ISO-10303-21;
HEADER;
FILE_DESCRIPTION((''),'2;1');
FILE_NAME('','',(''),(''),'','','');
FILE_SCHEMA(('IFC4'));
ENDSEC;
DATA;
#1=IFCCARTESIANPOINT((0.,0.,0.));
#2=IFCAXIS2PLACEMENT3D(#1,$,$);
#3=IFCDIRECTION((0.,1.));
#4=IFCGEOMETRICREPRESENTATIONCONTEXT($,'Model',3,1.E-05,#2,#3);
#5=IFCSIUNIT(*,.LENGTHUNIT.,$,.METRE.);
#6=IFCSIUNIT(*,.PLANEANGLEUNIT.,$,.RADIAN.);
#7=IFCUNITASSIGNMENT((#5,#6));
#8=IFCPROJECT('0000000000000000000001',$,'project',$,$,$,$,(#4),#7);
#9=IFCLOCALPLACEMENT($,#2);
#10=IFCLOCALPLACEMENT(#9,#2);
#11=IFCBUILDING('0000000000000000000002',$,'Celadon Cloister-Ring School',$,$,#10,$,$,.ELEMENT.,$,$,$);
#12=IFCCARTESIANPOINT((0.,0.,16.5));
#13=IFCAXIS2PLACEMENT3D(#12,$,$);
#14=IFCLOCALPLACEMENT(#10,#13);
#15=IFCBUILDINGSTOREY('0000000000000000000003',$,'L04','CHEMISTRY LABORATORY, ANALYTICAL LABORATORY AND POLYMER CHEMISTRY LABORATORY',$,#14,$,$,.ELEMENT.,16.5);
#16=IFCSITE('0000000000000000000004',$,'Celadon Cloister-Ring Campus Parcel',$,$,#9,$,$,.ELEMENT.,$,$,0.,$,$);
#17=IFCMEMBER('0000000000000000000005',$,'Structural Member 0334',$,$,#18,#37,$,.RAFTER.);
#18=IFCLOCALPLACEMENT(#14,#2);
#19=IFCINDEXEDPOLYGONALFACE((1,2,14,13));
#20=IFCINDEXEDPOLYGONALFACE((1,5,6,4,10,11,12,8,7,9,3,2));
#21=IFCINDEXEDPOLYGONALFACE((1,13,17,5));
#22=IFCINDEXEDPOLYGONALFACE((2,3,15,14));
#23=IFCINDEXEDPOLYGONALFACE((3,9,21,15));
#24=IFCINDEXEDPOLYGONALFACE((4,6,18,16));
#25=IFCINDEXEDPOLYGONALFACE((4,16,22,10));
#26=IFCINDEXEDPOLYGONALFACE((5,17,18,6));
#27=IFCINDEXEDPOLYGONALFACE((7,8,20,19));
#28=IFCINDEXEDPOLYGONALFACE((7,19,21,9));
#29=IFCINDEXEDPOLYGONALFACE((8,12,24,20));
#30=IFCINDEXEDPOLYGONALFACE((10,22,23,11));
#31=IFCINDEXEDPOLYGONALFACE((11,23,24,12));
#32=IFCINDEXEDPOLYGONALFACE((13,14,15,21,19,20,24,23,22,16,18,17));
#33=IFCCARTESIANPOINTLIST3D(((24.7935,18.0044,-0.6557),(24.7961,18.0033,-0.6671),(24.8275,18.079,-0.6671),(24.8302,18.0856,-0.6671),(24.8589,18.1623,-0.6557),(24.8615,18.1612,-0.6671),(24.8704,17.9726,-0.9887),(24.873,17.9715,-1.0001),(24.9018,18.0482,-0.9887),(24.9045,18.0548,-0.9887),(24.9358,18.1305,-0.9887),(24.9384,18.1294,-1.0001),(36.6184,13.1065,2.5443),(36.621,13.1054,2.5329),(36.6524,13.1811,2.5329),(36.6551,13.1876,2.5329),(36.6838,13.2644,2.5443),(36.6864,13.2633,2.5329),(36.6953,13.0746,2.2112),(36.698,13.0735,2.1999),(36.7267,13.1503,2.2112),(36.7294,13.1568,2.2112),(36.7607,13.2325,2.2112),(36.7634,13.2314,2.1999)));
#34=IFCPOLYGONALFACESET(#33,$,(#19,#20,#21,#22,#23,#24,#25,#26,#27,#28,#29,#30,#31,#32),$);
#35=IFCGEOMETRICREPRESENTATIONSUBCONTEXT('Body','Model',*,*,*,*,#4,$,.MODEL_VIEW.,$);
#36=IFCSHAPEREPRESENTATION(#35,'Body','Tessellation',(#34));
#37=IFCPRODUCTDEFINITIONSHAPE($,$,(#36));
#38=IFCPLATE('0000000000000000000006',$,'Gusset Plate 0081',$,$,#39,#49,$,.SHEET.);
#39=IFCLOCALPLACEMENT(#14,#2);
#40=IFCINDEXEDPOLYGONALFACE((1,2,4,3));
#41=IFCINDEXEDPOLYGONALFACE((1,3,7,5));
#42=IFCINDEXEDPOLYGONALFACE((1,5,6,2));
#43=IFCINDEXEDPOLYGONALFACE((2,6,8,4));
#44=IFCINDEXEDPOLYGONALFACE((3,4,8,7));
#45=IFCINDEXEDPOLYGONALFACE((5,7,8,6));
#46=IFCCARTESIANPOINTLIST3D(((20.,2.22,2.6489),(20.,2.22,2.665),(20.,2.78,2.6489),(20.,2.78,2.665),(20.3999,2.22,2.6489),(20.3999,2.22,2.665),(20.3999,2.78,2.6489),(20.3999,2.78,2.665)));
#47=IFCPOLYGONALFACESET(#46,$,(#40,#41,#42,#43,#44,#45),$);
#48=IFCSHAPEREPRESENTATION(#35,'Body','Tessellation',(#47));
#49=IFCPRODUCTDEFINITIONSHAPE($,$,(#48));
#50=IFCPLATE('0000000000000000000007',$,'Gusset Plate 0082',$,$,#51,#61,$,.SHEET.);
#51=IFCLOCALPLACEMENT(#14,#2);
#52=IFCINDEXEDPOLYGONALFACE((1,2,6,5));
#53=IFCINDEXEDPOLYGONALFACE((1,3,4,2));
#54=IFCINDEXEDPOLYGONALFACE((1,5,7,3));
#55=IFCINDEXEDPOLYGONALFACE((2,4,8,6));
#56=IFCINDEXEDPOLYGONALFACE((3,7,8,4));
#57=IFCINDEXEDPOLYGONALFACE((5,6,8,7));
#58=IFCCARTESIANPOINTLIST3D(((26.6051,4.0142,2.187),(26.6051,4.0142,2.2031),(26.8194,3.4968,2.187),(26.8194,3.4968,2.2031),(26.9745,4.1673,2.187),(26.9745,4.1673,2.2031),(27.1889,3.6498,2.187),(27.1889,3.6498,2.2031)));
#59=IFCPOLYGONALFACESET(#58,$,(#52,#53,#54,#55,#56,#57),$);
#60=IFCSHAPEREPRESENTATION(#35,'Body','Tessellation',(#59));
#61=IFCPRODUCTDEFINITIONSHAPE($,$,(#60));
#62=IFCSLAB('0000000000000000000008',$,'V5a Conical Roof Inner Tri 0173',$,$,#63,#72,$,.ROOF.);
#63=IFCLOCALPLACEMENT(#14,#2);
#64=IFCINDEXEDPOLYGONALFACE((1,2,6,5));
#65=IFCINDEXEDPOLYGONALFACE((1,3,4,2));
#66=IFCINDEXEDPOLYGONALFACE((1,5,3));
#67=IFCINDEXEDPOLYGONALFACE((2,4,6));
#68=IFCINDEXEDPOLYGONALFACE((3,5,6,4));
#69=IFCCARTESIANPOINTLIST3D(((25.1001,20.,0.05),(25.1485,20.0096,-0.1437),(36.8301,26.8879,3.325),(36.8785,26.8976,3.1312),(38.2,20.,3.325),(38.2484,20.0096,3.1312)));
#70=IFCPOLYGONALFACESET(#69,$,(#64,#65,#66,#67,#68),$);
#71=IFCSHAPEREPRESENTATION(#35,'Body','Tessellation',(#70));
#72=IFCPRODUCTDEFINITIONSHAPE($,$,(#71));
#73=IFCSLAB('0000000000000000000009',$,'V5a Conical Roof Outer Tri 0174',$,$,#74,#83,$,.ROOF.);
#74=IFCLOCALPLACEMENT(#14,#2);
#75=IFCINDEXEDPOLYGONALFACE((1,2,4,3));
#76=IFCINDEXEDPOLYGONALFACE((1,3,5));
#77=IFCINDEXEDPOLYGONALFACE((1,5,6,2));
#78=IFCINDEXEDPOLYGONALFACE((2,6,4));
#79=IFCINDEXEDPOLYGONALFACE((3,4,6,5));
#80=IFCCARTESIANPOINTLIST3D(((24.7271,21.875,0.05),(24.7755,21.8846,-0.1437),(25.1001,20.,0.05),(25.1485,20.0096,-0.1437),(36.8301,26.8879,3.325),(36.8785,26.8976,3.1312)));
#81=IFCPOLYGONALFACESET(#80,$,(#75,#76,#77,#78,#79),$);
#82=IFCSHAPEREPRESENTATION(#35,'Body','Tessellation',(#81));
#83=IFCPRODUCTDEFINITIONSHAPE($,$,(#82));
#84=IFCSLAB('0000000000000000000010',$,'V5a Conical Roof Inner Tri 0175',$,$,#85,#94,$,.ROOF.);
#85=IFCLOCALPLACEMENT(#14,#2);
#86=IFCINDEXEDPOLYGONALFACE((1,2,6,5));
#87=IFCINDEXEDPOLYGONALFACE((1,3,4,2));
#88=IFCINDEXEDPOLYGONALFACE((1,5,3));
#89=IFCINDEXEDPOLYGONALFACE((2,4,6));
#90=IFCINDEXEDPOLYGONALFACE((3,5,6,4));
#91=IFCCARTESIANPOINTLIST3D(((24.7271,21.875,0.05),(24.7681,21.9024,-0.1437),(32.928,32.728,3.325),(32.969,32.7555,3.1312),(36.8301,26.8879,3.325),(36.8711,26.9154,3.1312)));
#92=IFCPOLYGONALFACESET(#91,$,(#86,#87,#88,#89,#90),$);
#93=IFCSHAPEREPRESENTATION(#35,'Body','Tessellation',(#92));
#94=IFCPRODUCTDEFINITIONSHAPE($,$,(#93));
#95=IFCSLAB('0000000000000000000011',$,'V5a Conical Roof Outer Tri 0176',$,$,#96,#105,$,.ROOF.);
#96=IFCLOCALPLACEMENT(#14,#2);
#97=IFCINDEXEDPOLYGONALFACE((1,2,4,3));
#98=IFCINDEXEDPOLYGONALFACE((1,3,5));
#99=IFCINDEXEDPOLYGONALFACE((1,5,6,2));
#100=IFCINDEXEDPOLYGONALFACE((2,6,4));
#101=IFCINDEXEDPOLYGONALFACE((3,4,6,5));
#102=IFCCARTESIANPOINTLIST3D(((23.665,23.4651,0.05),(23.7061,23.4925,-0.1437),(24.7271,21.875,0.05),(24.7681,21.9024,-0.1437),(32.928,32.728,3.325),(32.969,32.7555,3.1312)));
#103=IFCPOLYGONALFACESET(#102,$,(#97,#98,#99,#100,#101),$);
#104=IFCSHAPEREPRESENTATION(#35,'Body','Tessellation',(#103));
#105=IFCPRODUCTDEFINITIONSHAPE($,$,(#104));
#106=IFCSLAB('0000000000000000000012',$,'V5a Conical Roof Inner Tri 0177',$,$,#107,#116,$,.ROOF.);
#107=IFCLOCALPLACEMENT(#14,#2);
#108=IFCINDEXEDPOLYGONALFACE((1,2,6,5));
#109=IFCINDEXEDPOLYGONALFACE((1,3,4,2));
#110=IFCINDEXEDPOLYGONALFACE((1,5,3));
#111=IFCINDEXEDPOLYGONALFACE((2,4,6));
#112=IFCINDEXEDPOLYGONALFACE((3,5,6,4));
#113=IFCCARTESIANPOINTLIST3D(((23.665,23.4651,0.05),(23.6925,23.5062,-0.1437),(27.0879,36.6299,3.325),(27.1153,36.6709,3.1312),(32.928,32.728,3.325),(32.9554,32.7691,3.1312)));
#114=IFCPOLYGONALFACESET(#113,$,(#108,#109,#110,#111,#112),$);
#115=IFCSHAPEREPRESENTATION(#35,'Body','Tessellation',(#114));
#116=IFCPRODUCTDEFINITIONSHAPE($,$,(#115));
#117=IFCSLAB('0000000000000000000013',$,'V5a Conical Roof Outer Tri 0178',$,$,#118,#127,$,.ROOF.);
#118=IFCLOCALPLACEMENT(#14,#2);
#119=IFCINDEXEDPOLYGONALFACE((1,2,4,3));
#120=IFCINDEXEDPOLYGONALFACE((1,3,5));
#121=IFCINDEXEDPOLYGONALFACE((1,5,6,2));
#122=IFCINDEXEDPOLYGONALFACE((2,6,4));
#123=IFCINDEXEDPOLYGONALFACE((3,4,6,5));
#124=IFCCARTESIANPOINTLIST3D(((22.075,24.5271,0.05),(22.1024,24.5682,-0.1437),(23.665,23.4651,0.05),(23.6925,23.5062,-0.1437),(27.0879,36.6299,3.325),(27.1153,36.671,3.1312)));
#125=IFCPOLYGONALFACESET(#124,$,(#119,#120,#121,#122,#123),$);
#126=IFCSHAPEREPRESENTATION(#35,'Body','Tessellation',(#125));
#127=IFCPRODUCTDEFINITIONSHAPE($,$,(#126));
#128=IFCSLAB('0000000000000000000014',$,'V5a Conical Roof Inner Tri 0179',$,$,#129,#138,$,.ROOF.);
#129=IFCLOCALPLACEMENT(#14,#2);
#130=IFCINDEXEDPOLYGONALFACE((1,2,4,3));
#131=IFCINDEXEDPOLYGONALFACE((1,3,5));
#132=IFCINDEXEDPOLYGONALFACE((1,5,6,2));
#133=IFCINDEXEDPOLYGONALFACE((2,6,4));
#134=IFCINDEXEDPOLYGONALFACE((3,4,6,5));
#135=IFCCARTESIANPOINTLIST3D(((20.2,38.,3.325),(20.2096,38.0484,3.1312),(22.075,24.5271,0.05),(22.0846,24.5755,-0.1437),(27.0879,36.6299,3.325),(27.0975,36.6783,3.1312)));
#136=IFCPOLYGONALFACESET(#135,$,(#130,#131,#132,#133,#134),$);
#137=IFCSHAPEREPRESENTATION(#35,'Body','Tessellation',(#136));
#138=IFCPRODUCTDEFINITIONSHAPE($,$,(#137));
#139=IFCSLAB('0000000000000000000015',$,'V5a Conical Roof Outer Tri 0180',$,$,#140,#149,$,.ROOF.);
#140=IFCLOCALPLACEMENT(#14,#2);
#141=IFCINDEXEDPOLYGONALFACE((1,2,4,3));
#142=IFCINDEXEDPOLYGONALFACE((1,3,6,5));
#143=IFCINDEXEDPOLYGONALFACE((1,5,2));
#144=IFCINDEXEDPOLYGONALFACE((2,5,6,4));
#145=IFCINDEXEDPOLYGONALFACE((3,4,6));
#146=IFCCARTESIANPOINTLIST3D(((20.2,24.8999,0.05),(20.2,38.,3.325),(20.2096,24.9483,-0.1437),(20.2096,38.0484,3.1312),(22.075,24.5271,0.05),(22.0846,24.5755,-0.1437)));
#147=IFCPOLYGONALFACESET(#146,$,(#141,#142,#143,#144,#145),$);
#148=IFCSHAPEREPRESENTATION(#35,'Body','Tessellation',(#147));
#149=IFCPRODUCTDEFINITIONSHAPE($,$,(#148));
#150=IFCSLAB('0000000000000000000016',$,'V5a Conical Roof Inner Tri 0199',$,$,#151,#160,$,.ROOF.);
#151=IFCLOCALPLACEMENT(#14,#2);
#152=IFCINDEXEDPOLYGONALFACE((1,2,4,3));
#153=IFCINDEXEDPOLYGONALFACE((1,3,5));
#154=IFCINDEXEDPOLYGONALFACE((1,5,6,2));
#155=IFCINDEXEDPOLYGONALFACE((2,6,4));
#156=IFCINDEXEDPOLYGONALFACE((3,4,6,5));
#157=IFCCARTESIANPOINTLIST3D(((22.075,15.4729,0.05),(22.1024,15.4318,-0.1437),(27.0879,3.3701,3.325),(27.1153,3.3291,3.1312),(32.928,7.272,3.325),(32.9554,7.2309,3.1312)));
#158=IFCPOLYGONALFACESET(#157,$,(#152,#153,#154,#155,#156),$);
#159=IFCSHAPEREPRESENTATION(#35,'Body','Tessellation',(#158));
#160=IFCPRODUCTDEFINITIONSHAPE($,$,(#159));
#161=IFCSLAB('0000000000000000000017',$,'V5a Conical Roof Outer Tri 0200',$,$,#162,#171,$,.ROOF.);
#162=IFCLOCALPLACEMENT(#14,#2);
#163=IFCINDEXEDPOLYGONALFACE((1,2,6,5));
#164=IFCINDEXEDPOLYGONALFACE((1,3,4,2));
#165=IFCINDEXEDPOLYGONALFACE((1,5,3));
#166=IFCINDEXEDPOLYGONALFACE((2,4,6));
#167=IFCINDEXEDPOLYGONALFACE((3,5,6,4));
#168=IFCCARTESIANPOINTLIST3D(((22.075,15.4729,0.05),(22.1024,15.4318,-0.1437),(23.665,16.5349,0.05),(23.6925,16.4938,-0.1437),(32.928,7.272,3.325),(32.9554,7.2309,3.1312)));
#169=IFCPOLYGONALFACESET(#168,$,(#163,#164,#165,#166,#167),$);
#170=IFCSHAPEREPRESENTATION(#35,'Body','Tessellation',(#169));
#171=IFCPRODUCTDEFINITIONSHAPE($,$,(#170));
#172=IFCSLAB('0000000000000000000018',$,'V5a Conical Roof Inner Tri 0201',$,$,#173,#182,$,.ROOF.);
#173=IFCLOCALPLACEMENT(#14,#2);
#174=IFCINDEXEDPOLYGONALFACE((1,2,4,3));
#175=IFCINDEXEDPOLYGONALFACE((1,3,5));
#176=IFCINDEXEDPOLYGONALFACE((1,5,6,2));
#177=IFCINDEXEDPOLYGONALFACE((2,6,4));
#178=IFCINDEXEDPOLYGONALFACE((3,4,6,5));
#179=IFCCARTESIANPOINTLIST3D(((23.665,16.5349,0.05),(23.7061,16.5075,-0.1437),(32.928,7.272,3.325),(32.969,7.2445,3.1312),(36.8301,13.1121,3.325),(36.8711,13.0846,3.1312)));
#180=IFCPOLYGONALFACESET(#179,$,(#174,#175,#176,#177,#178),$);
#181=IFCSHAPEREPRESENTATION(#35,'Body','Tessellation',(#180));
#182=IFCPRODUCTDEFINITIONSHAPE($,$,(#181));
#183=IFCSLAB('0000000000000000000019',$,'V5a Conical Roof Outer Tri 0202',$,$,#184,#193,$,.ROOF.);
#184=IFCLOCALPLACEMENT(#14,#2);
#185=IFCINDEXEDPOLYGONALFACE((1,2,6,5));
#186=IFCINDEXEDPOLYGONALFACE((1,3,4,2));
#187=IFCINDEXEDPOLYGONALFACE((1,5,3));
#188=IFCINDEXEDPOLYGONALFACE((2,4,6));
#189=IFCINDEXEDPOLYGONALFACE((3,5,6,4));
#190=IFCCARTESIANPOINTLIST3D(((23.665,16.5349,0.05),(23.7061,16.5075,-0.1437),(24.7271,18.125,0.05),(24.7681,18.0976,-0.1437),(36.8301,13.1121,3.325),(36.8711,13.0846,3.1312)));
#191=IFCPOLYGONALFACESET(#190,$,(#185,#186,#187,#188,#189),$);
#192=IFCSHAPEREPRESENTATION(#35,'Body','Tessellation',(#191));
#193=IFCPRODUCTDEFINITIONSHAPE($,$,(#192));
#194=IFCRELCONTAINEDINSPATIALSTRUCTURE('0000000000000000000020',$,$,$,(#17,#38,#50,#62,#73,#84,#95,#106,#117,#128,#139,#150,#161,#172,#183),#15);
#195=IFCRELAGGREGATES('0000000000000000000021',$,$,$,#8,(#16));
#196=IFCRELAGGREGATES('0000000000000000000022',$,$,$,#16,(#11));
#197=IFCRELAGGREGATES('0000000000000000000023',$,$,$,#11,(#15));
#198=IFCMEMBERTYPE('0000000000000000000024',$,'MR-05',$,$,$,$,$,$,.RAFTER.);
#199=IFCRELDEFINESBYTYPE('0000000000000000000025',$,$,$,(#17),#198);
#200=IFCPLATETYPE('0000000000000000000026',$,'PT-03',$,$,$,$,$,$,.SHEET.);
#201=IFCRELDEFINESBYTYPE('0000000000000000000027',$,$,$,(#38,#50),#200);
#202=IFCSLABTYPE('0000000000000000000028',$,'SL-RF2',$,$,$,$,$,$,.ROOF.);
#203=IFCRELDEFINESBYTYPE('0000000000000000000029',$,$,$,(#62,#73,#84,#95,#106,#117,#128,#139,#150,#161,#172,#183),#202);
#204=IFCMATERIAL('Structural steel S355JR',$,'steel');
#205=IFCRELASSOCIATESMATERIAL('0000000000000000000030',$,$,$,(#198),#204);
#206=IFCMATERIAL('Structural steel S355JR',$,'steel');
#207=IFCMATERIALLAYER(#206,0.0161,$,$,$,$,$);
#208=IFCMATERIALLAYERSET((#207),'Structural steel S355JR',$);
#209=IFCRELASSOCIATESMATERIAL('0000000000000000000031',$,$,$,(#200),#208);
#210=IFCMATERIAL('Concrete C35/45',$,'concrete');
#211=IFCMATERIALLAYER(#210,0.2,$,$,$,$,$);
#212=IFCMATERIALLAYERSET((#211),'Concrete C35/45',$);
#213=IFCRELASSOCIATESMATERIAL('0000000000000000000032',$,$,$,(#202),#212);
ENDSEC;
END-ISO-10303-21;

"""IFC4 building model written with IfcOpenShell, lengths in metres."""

from ifc_helpers import new_model, si_unit, direction, frame, origin, origin_2d, place, context, subcontext, project, spatial, polyline, rectangle, i_section, outline, extrude, material, layer, layer_set, material_profile, profile_set, type_object, element, save


model = new_model("IFC4")

# Units and contexts
model_context = context("Model", 3, precision=1e-05, world=origin(), true_north=direction((0.0, 1.0)))
body_context = subcontext(model_context, "Body", "Model", "MODEL_VIEW")
ifc_project = project(units=[si_unit("LENGTHUNIT", "METRE"), si_unit("PLANEANGLEUNIT", "RADIAN")], contexts=[model_context])

# Site, building, storey
site_placement = place(None, origin())
site = spatial("IfcSite", under=ifc_project, at=site_placement, Name="Celadon Cloister-Ring Campus Parcel", CompositionType="ELEMENT", RefElevation=0.0)
building_placement = place(site_placement, origin())
building = spatial("IfcBuilding", under=site, at=building_placement, Name="Celadon Cloister-Ring School", CompositionType="ELEMENT")
storey_placement = place(building_placement, frame((0.0, 0.0, 16.5)))
storey = spatial("IfcBuildingStorey", under=building, at=storey_placement, Name="L04", Description="CHEMISTRY LABORATORY, ANALYTICAL LABORATORY AND POLYMER CHEMISTRY LABORATORY", CompositionType="ELEMENT", Elevation=16.5)

# Member
ifc_material_1 = material(Name="Structural steel S355JR", Category="steel")
ifc_material_profile_1 = material_profile(ifc_material_1, i_section(OverallWidth=0.1709, OverallDepth=0.355, WebThickness=0.0071, FlangeThickness=0.0117, at=origin_2d()), Name="W360X51")
ifc_profile_set_1 = profile_set([ifc_material_profile_1], Name="Structural steel S355JR")
member_type_1 = type_object("IfcMemberType", Name="MR-05", PredefinedType="RAFTER", material=ifc_profile_set_1)
for number, where, z_axis, x_axis, name in (
    (1, (24.866, 18.0669, -0.8279), (0.896295, -0.37125, 0.242547), (0.382676, 0.923882, 0.0), "Structural Member 0334"),
):
    element("IfcMember", number, at=place(storey_placement, frame(where, z_axis=z_axis, x_axis=x_axis)), inside=storey, type_object=member_type_1, Name=name, PredefinedType="RAFTER", context=body_context, shape_type="SweptSolid", body=[
        extrude(i_section(OverallWidth=0.1709, OverallDepth=0.355, WebThickness=0.0071, FlangeThickness=0.0117, at=origin_2d()), origin(), (0.0, 0.0, 1.0), 13.1931),
    ])

# Plates
ifc_material_2 = material(Name="Structural steel S355JR", Category="steel")
ifc_layer_1 = layer(ifc_material_2, 0.0161)
ifc_layer_set_1 = layer_set([ifc_layer_1], Name="Structural steel S355JR")
plate_type = type_object("IfcPlateType", Name="PT-03", PredefinedType="SHEET", material=ifc_layer_set_1)
for number, where, z_axis, x_axis, name in (
    (2, (20.2, 2.5, 2.6489), (0.0, 0.0, 1.0), (0.0, -1.0, 0.0), "Gusset Plate 0081"),
    (3, (26.897, 3.832, 2.187), (0.0, 0.0, 1.0), (0.382683, -0.92388, 0.0), "Gusset Plate 0082"),
):
    element("IfcPlate", number, at=place(storey_placement, frame(where, z_axis=z_axis, x_axis=x_axis)), inside=storey, type_object=plate_type, Name=name, PredefinedType="SHEET", context=body_context, shape_type="SweptSolid", body=[
        extrude(rectangle(XDim=0.5601, YDim=0.3999, at=origin_2d()), origin(), (0.0, 0.0, 1.0), 0.0161),
    ])

# Slabs
ifc_material_3 = material(Name="Concrete C35/45", Category="concrete")
ifc_layer_2 = layer(ifc_material_3, 0.2)
ifc_layer_set_2 = layer_set([ifc_layer_2], Name="Concrete C35/45")
slab_type = type_object("IfcSlabType", Name="SL-RF2", PredefinedType="ROOF", material=ifc_layer_set_2)
slab_1_placement = place(storey_placement, frame((25.1001, 20.0, 0.05), z_axis=(-0.24225, -0.048179, 0.969017), x_axis=(0.970144, 0.0, 0.242531)))
element("IfcSlab", 4, at=slab_1_placement, inside=storey, type_object=slab_type, Name="V5a Conical Roof Inner Tri 0173", PredefinedType="ROOF", context=body_context, shape_type="SweptSolid", body=[
    extrude(outline(polyline([(0.0, 0.0), (13.503, 0.0), (12.174, 6.8959), (0.0, 0.0)])), origin(), (0.0, 0.0, -1.0), 0.2),
])
slab_2_placement = place(storey_placement, frame((25.1001, 20.0, 0.05), z_axis=(-0.24224, -0.048196, 0.969019), x_axis=(0.838367, 0.492296, 0.234064)))
element("IfcSlab", 5, at=slab_2_placement, inside=storey, type_object=slab_type, Name="V5a Conical Roof Outer Tri 0174", PredefinedType="ROOF", context=body_context, shape_type="SweptSolid", body=[
    extrude(outline(polyline([(0.0, 0.0), (13.9915, 0.0), (0.6103, 1.8117), (0.0, 0.0)])), origin(), (0.0, 0.0, -1.0), 0.2),
])
slab_3_placement = place(storey_placement, frame((24.7271, 21.875, 0.05), z_axis=(-0.205368, -0.137218, 0.969018), x_axis=(0.896305, 0.371239, 0.242527)))
element("IfcSlab", 6, at=slab_3_placement, inside=storey, type_object=slab_type, Name="V5a Conical Roof Inner Tri 0175", PredefinedType="ROOF", context=body_context, shape_type="SweptSolid", body=[
    extrude(outline(polyline([(0.0, 0.0), (13.5033, 0.0), (12.1739, 6.8968), (0.0, 0.0)])), origin(), (0.0, 0.0, -1.0), 0.2),
])
slab_4_placement = place(storey_placement, frame((24.7271, 21.875, 0.05), z_axis=(-0.205405, -0.137189, 0.969014), x_axis=(0.586127, 0.775675, 0.23406)))
element("IfcSlab", 7, at=slab_4_placement, inside=storey, type_object=slab_type, Name="V5a Conical Roof Outer Tri 0176", PredefinedType="ROOF", context=body_context, shape_type="SweptSolid", body=[
    extrude(outline(polyline([(0.0, 0.0), (13.9917, 0.0), (0.6109, 1.8119), (0.0, 0.0)])), origin(), (0.0, 0.0, -1.0), 0.2),
])
slab_5_placement = place(storey_placement, frame((23.665, 23.4651, 0.05), z_axis=(-0.137216, -0.205378, 0.969016), x_axis=(0.685995, 0.685995, 0.242533)))
element("IfcSlab", 8, at=slab_5_placement, inside=storey, type_object=slab_type, Name="V5a Conical Roof Inner Tri 0177", PredefinedType="ROOF", context=body_context, shape_type="SweptSolid", body=[
    extrude(outline(polyline([(0.0, 0.0), (13.5029, 0.0), (12.1733, 6.8966), (0.0, 0.0)])), origin(), (0.0, 0.0, -1.0), 0.2),
])
slab_6_placement = place(storey_placement, frame((23.665, 23.4651, 0.05), z_axis=(-0.137178, -0.205389, 0.969019), x_axis=(0.244644, 0.940936, 0.234069)))
element("IfcSlab", 9, at=slab_6_placement, inside=storey, type_object=slab_type, Name="V5a Conical Roof Outer Tri 0178", PredefinedType="ROOF", context=body_context, shape_type="SweptSolid", body=[
    extrude(outline(polyline([(0.0, 0.0), (13.9912, 0.0), (0.6103, 1.8121), (0.0, 0.0)])), origin(), (0.0, 0.0, -1.0), 0.2),
])
slab_7_placement = place(storey_placement, frame((22.075, 24.5271, 0.05), z_axis=(-0.048187, -0.242248, 0.969017), x_axis=(0.371245, 0.896301, 0.242531)))
element("IfcSlab", 10, at=slab_7_placement, inside=storey, type_object=slab_type, Name="V5a Conical Roof Inner Tri 0179", PredefinedType="ROOF", context=body_context, shape_type="SweptSolid", body=[
    extrude(outline(polyline([(0.0, 0.0), (13.503, 0.0), (12.174, 6.896), (0.0, 0.0)])), origin(), (0.0, 0.0, -1.0), 0.2),
])
slab_8_placement = place(storey_placement, frame((22.075, 24.5271, 0.05), z_axis=(-0.048165, -0.242246, 0.969019), x_axis=(-0.134011, 0.962941, 0.234065)))
element("IfcSlab", 11, at=slab_8_placement, inside=storey, type_object=slab_type, Name="V5a Conical Roof Outer Tri 0180", PredefinedType="ROOF", context=body_context, shape_type="SweptSolid", body=[
    extrude(outline(polyline([(0.0, 0.0), (13.9914, 0.0), (0.6103, 1.8117), (0.0, 0.0)])), origin(), (0.0, 0.0, -1.0), 0.2),
])
slab_9_placement = place(storey_placement, frame((22.075, 15.4729, 0.05), z_axis=(-0.137213, 0.205374, 0.969017), x_axis=(0.371245, -0.896301, 0.242531)))
element("IfcSlab", 12, at=slab_9_placement, inside=storey, type_object=slab_type, Name="V5a Conical Roof Inner Tri 0199", PredefinedType="ROOF", context=body_context, shape_type="SweptSolid", body=[
    extrude(outline(polyline([(0.0, 0.0), (13.503, 0.0), (12.1739, 6.8967), (0.0, 0.0)])), origin(), (0.0, 0.0, -1.0), 0.2),
])
slab_10_placement = place(storey_placement, frame((22.075, 15.4729, 0.05), z_axis=(-0.137189, 0.205405, 0.969014), x_axis=(0.775675, -0.586127, 0.23406)))
element("IfcSlab", 13, at=slab_10_placement, inside=storey, type_object=slab_type, Name="V5a Conical Roof Outer Tri 0200", PredefinedType="ROOF", context=body_context, shape_type="SweptSolid", body=[
    extrude(outline(polyline([(0.0, 0.0), (13.9917, 0.0), (0.6109, 1.8119), (0.0, 0.0)])), origin(), (0.0, 0.0, -1.0), 0.2),
])
slab_11_placement = place(storey_placement, frame((23.665, 16.5349, 0.05), z_axis=(-0.205373, 0.137222, 0.969016), x_axis=(0.685995, -0.685995, 0.242533)))
element("IfcSlab", 14, at=slab_11_placement, inside=storey, type_object=slab_type, Name="V5a Conical Roof Inner Tri 0201", PredefinedType="ROOF", context=body_context, shape_type="SweptSolid", body=[
    extrude(outline(polyline([(0.0, 0.0), (13.5029, 0.0), (12.1735, 6.8968), (0.0, 0.0)])), origin(), (0.0, 0.0, -1.0), 0.2),
])
slab_12_placement = place(storey_placement, frame((23.665, 16.5349, 0.05), z_axis=(-0.205386, 0.137176, 0.96902), x_axis=(0.940938, -0.24464, 0.234065)))
element("IfcSlab", 15, at=slab_12_placement, inside=storey, type_object=slab_type, Name="V5a Conical Roof Outer Tri 0202", PredefinedType="ROOF", context=body_context, shape_type="SweptSolid", body=[
    extrude(outline(polyline([(0.0, 0.0), (13.9914, 0.0), (0.6103, 1.8121), (0.0, 0.0)])), origin(), (0.0, 0.0, -1.0), 0.2),
])

save(model, "model.ifc")
